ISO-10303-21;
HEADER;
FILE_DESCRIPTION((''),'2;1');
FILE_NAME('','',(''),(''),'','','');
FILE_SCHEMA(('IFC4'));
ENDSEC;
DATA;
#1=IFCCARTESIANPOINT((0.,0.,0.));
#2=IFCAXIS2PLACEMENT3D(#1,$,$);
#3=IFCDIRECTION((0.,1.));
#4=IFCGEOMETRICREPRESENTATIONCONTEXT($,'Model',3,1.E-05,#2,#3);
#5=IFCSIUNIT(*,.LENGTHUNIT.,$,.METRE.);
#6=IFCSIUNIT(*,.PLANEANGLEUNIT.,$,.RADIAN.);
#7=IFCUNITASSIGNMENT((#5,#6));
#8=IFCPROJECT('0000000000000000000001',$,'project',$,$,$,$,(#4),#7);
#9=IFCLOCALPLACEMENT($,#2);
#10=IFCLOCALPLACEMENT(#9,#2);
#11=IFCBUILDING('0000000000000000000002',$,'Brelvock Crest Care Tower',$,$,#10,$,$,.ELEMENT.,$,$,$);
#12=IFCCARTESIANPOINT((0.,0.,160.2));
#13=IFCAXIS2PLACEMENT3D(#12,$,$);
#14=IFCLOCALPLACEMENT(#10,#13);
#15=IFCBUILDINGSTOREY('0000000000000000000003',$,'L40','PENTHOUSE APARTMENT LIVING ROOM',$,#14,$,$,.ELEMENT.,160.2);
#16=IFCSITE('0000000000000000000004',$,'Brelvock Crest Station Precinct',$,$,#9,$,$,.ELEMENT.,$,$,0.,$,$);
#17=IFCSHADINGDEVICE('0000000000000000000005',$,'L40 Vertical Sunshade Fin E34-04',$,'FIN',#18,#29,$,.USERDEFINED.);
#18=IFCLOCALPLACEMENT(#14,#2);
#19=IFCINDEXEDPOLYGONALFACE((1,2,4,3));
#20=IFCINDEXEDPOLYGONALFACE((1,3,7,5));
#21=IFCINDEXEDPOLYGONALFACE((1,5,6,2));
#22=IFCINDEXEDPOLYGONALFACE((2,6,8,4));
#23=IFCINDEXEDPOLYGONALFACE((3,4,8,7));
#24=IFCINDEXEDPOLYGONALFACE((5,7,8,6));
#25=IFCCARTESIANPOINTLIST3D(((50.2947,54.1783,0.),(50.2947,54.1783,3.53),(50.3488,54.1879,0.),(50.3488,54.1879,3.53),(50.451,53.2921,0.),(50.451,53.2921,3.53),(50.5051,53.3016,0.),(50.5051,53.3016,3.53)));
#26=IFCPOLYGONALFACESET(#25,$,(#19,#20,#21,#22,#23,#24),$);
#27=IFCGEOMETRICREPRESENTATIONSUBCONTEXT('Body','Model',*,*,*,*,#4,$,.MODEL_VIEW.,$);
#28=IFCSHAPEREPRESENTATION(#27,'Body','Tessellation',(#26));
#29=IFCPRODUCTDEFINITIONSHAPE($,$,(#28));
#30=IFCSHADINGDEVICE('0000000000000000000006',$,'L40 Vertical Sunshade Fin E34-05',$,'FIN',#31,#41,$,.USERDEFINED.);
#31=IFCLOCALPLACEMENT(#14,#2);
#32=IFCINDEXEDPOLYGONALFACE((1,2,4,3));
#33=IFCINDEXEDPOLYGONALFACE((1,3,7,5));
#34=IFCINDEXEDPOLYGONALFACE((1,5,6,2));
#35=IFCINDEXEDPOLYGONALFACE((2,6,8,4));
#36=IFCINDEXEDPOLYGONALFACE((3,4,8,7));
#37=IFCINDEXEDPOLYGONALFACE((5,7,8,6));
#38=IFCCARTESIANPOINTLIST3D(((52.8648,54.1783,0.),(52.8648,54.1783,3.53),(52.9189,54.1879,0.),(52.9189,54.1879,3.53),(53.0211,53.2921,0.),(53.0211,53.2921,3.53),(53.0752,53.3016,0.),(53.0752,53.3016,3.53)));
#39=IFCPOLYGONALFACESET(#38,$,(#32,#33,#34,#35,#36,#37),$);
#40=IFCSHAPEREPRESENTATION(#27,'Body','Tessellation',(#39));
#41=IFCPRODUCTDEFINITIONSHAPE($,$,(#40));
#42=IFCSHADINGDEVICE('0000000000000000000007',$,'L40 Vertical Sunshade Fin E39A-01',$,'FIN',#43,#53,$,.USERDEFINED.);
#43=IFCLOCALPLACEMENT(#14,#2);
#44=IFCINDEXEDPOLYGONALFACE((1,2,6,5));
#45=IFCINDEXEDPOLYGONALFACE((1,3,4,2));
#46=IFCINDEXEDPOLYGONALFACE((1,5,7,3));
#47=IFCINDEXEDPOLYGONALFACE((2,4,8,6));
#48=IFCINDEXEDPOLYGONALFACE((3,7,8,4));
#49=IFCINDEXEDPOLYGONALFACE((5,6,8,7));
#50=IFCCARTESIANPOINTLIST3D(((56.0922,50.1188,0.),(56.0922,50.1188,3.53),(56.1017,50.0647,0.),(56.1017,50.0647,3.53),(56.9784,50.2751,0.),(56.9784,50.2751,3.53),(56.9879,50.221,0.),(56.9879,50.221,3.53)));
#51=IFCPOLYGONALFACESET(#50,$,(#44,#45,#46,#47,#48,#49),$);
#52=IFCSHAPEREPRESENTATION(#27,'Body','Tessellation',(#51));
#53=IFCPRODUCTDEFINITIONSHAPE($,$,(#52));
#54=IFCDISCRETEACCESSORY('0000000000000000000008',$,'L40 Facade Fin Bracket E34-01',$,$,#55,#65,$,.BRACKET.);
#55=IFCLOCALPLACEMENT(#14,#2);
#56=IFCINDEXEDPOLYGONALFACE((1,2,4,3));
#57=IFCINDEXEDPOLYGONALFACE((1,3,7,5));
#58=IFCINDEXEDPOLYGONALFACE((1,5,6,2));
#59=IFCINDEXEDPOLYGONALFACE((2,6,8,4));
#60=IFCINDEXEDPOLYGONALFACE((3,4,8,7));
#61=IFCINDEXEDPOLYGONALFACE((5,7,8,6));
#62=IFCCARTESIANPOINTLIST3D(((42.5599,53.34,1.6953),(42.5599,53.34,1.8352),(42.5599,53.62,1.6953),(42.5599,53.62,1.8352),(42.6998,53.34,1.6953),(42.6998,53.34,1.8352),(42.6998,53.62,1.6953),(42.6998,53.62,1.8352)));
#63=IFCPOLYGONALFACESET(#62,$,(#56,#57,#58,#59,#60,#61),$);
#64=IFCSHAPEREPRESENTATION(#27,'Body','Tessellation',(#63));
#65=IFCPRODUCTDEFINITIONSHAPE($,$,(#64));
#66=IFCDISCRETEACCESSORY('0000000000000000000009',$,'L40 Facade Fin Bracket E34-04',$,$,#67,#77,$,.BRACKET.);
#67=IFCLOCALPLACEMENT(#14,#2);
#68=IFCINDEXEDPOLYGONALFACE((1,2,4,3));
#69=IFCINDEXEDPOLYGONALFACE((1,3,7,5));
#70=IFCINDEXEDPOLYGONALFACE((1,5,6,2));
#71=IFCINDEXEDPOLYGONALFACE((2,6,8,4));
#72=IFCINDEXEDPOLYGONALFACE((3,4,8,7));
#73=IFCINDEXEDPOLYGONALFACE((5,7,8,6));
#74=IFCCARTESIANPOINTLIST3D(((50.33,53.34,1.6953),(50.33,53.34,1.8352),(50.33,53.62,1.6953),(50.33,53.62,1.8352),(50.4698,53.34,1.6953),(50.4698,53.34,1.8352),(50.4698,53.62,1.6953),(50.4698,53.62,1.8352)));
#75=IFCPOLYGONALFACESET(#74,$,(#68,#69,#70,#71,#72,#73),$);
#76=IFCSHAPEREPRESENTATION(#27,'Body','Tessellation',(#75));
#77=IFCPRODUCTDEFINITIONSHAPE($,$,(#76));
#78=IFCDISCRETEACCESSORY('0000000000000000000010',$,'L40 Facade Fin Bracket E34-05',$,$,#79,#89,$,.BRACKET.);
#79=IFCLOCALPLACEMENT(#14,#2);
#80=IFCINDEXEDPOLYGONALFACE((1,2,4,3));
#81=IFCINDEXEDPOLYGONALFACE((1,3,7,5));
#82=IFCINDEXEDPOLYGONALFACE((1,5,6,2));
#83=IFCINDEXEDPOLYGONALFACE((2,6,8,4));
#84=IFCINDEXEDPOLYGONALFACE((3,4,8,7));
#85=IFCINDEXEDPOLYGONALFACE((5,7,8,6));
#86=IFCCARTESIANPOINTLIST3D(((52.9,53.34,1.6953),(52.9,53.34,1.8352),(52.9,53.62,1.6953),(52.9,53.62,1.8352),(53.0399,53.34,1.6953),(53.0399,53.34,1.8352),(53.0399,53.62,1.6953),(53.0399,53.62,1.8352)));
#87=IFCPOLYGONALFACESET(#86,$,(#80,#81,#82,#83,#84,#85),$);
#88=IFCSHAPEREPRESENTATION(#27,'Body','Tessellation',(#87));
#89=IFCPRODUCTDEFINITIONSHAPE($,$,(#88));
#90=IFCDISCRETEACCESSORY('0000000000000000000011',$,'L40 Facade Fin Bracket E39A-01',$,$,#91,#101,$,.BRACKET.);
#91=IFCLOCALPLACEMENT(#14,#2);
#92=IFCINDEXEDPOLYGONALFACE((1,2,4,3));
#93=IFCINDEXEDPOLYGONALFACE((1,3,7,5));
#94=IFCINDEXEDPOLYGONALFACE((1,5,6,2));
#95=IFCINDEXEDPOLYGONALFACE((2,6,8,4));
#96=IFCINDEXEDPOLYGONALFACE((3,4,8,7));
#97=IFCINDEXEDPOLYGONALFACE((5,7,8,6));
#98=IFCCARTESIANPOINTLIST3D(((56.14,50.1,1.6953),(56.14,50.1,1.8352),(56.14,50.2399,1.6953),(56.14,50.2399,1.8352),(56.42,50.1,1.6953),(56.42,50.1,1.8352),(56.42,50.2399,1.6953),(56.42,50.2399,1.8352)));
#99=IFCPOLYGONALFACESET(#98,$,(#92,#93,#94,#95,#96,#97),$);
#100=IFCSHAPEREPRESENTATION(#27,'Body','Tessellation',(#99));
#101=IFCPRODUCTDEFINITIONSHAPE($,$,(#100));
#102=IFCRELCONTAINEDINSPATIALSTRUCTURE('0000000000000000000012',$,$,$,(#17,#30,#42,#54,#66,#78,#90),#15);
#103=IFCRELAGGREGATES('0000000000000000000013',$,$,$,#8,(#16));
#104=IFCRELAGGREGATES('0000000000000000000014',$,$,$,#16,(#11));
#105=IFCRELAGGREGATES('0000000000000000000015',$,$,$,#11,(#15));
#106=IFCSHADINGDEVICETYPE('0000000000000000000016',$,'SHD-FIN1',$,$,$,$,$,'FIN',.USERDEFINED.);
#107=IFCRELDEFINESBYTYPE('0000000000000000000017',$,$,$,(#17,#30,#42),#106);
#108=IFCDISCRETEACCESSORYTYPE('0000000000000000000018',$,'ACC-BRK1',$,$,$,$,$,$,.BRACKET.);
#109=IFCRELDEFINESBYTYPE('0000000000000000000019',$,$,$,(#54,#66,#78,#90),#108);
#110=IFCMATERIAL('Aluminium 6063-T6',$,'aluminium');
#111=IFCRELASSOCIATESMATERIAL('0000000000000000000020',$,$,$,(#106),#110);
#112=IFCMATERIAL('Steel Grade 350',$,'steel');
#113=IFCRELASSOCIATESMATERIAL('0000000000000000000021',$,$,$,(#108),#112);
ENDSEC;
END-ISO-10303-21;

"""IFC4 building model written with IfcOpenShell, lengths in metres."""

from ifc_helpers import new_model, si_unit, direction, frame, origin, origin_2d, place, context, subcontext, project, spatial, rectangle, extrude, source, transform, mapped, material, material_profile, profile_set, type_object, element, save


model = new_model("IFC4")

# Units and contexts
model_context = context("Model", 3, precision=1e-05, world=origin(), true_north=direction((0.0, 1.0)))
body_context = subcontext(model_context, "Body", "Model", "MODEL_VIEW")
ifc_project = project(units=[si_unit("LENGTHUNIT", "METRE"), si_unit("PLANEANGLEUNIT", "RADIAN")], contexts=[model_context])

# Site, building, storey
site_placement = place(None, origin())
site = spatial("IfcSite", under=ifc_project, at=site_placement, Name="Brelvock Crest Station Precinct", CompositionType="ELEMENT", RefElevation=0.0)
building_placement = place(site_placement, origin())
building = spatial("IfcBuilding", under=site, at=building_placement, Name="Brelvock Crest Care Tower", CompositionType="ELEMENT")
storey_placement = place(building_placement, frame((0.0, 0.0, 160.2)))
storey = spatial("IfcBuildingStorey", under=building, at=storey_placement, Name="L40", Description="PENTHOUSE APARTMENT LIVING ROOM", CompositionType="ELEMENT", Elevation=160.2)

# Shared definitions
ifc_material_1 = material(Name="Aluminium 6063-T6", Category="aluminium")

# Shading devices
ifc_material_profile_1 = material_profile(ifc_material_1, rectangle(XDim=0.0549, YDim=0.8999, at=origin_2d()), Name="FIN55x900")
ifc_profile_set_1 = profile_set([ifc_material_profile_1], Name="Aluminium 6063-T6")
shading_device_type = type_object("IfcShadingDeviceType", Name="SHD-FIN1", ElementType="FIN", PredefinedType="USERDEFINED", material=ifc_profile_set_1)
shared_shape_1 = source(origin(), body_context, "Body", "SweptSolid", [
    extrude(rectangle(XDim=0.0549, YDim=0.8999, at=origin_2d()), origin(), (0.0, 0.0, 1.0), 3.53),
])
for number, where, z_axis, x_axis, name in (
    (1, (50.3999, 53.74, 0.0), (0.0, 0.0, 1.0), (0.984808, 0.173648, 0.0), "L40 Vertical Sunshade Fin E34-04"),
    (2, (52.97, 53.74, 0.0), (0.0, 0.0, 1.0), (0.984808, 0.173648, 0.0), "L40 Vertical Sunshade Fin E34-05"),
    (3, (56.54, 50.1699, 0.0), (0.0, 0.0, 1.0), (0.173648, -0.984808, 0.0), "L40 Vertical Sunshade Fin E39A-01"),
):
    element("IfcShadingDevice", number, at=place(storey_placement, frame(where, z_axis=z_axis, x_axis=x_axis)), inside=storey, type_object=shading_device_type, Name=name, ObjectType="FIN", PredefinedType="USERDEFINED", context=body_context, shape_type="MappedRepresentation", body=[
        mapped(shared_shape_1, transform((0.0, 0.0, 0.0), x_axis=(1.0, 0.0, 0.0), y_axis=(0.0, 1.0, 0.0), z_axis=(0.0, 0.0, 1.0), scale=1.0)),
    ])

# Discrete accessories
ifc_material_2 = material(Name="Steel Grade 350", Category="steel")
discrete_accessory_type = type_object("IfcDiscreteAccessoryType", Name="ACC-BRK1", PredefinedType="BRACKET", material=ifc_material_2)
shared_shape_2 = source(origin(), body_context, "Body", "SweptSolid", [
    extrude(rectangle(XDim=0.28, YDim=0.1399, at=origin_2d()), origin(), (0.0, 0.0, 1.0), 0.1399),
])
for number, where, z_axis, x_axis, name in (
    (4, (42.6299, 53.48, 1.6953), (0.0, 0.0, 1.0), (0.0, 1.0, 0.0), "L40 Facade Fin Bracket E34-01"),
    (5, (50.3999, 53.48, 1.6953), (0.0, 0.0, 1.0), (0.0, 1.0, 0.0), "L40 Facade Fin Bracket E34-04"),
    (6, (52.97, 53.48, 1.6953), (0.0, 0.0, 1.0), (0.0, 1.0, 0.0), "L40 Facade Fin Bracket E34-05"),
    (7, (56.28, 50.1699, 1.6953), (0.0, 0.0, 1.0), (1.0, 0.0, 0.0), "L40 Facade Fin Bracket E39A-01"),
):
    element("IfcDiscreteAccessory", number, at=place(storey_placement, frame(where, z_axis=z_axis, x_axis=x_axis)), inside=storey, type_object=discrete_accessory_type, Name=name, PredefinedType="BRACKET", context=body_context, shape_type="MappedRepresentation", body=[
        mapped(shared_shape_2, transform((0.0, 0.0, 0.0), x_axis=(1.0, 0.0, 0.0), y_axis=(0.0, 1.0, 0.0), z_axis=(0.0, 0.0, 1.0), scale=1.0)),
    ])

save(model, "model.ifc")
